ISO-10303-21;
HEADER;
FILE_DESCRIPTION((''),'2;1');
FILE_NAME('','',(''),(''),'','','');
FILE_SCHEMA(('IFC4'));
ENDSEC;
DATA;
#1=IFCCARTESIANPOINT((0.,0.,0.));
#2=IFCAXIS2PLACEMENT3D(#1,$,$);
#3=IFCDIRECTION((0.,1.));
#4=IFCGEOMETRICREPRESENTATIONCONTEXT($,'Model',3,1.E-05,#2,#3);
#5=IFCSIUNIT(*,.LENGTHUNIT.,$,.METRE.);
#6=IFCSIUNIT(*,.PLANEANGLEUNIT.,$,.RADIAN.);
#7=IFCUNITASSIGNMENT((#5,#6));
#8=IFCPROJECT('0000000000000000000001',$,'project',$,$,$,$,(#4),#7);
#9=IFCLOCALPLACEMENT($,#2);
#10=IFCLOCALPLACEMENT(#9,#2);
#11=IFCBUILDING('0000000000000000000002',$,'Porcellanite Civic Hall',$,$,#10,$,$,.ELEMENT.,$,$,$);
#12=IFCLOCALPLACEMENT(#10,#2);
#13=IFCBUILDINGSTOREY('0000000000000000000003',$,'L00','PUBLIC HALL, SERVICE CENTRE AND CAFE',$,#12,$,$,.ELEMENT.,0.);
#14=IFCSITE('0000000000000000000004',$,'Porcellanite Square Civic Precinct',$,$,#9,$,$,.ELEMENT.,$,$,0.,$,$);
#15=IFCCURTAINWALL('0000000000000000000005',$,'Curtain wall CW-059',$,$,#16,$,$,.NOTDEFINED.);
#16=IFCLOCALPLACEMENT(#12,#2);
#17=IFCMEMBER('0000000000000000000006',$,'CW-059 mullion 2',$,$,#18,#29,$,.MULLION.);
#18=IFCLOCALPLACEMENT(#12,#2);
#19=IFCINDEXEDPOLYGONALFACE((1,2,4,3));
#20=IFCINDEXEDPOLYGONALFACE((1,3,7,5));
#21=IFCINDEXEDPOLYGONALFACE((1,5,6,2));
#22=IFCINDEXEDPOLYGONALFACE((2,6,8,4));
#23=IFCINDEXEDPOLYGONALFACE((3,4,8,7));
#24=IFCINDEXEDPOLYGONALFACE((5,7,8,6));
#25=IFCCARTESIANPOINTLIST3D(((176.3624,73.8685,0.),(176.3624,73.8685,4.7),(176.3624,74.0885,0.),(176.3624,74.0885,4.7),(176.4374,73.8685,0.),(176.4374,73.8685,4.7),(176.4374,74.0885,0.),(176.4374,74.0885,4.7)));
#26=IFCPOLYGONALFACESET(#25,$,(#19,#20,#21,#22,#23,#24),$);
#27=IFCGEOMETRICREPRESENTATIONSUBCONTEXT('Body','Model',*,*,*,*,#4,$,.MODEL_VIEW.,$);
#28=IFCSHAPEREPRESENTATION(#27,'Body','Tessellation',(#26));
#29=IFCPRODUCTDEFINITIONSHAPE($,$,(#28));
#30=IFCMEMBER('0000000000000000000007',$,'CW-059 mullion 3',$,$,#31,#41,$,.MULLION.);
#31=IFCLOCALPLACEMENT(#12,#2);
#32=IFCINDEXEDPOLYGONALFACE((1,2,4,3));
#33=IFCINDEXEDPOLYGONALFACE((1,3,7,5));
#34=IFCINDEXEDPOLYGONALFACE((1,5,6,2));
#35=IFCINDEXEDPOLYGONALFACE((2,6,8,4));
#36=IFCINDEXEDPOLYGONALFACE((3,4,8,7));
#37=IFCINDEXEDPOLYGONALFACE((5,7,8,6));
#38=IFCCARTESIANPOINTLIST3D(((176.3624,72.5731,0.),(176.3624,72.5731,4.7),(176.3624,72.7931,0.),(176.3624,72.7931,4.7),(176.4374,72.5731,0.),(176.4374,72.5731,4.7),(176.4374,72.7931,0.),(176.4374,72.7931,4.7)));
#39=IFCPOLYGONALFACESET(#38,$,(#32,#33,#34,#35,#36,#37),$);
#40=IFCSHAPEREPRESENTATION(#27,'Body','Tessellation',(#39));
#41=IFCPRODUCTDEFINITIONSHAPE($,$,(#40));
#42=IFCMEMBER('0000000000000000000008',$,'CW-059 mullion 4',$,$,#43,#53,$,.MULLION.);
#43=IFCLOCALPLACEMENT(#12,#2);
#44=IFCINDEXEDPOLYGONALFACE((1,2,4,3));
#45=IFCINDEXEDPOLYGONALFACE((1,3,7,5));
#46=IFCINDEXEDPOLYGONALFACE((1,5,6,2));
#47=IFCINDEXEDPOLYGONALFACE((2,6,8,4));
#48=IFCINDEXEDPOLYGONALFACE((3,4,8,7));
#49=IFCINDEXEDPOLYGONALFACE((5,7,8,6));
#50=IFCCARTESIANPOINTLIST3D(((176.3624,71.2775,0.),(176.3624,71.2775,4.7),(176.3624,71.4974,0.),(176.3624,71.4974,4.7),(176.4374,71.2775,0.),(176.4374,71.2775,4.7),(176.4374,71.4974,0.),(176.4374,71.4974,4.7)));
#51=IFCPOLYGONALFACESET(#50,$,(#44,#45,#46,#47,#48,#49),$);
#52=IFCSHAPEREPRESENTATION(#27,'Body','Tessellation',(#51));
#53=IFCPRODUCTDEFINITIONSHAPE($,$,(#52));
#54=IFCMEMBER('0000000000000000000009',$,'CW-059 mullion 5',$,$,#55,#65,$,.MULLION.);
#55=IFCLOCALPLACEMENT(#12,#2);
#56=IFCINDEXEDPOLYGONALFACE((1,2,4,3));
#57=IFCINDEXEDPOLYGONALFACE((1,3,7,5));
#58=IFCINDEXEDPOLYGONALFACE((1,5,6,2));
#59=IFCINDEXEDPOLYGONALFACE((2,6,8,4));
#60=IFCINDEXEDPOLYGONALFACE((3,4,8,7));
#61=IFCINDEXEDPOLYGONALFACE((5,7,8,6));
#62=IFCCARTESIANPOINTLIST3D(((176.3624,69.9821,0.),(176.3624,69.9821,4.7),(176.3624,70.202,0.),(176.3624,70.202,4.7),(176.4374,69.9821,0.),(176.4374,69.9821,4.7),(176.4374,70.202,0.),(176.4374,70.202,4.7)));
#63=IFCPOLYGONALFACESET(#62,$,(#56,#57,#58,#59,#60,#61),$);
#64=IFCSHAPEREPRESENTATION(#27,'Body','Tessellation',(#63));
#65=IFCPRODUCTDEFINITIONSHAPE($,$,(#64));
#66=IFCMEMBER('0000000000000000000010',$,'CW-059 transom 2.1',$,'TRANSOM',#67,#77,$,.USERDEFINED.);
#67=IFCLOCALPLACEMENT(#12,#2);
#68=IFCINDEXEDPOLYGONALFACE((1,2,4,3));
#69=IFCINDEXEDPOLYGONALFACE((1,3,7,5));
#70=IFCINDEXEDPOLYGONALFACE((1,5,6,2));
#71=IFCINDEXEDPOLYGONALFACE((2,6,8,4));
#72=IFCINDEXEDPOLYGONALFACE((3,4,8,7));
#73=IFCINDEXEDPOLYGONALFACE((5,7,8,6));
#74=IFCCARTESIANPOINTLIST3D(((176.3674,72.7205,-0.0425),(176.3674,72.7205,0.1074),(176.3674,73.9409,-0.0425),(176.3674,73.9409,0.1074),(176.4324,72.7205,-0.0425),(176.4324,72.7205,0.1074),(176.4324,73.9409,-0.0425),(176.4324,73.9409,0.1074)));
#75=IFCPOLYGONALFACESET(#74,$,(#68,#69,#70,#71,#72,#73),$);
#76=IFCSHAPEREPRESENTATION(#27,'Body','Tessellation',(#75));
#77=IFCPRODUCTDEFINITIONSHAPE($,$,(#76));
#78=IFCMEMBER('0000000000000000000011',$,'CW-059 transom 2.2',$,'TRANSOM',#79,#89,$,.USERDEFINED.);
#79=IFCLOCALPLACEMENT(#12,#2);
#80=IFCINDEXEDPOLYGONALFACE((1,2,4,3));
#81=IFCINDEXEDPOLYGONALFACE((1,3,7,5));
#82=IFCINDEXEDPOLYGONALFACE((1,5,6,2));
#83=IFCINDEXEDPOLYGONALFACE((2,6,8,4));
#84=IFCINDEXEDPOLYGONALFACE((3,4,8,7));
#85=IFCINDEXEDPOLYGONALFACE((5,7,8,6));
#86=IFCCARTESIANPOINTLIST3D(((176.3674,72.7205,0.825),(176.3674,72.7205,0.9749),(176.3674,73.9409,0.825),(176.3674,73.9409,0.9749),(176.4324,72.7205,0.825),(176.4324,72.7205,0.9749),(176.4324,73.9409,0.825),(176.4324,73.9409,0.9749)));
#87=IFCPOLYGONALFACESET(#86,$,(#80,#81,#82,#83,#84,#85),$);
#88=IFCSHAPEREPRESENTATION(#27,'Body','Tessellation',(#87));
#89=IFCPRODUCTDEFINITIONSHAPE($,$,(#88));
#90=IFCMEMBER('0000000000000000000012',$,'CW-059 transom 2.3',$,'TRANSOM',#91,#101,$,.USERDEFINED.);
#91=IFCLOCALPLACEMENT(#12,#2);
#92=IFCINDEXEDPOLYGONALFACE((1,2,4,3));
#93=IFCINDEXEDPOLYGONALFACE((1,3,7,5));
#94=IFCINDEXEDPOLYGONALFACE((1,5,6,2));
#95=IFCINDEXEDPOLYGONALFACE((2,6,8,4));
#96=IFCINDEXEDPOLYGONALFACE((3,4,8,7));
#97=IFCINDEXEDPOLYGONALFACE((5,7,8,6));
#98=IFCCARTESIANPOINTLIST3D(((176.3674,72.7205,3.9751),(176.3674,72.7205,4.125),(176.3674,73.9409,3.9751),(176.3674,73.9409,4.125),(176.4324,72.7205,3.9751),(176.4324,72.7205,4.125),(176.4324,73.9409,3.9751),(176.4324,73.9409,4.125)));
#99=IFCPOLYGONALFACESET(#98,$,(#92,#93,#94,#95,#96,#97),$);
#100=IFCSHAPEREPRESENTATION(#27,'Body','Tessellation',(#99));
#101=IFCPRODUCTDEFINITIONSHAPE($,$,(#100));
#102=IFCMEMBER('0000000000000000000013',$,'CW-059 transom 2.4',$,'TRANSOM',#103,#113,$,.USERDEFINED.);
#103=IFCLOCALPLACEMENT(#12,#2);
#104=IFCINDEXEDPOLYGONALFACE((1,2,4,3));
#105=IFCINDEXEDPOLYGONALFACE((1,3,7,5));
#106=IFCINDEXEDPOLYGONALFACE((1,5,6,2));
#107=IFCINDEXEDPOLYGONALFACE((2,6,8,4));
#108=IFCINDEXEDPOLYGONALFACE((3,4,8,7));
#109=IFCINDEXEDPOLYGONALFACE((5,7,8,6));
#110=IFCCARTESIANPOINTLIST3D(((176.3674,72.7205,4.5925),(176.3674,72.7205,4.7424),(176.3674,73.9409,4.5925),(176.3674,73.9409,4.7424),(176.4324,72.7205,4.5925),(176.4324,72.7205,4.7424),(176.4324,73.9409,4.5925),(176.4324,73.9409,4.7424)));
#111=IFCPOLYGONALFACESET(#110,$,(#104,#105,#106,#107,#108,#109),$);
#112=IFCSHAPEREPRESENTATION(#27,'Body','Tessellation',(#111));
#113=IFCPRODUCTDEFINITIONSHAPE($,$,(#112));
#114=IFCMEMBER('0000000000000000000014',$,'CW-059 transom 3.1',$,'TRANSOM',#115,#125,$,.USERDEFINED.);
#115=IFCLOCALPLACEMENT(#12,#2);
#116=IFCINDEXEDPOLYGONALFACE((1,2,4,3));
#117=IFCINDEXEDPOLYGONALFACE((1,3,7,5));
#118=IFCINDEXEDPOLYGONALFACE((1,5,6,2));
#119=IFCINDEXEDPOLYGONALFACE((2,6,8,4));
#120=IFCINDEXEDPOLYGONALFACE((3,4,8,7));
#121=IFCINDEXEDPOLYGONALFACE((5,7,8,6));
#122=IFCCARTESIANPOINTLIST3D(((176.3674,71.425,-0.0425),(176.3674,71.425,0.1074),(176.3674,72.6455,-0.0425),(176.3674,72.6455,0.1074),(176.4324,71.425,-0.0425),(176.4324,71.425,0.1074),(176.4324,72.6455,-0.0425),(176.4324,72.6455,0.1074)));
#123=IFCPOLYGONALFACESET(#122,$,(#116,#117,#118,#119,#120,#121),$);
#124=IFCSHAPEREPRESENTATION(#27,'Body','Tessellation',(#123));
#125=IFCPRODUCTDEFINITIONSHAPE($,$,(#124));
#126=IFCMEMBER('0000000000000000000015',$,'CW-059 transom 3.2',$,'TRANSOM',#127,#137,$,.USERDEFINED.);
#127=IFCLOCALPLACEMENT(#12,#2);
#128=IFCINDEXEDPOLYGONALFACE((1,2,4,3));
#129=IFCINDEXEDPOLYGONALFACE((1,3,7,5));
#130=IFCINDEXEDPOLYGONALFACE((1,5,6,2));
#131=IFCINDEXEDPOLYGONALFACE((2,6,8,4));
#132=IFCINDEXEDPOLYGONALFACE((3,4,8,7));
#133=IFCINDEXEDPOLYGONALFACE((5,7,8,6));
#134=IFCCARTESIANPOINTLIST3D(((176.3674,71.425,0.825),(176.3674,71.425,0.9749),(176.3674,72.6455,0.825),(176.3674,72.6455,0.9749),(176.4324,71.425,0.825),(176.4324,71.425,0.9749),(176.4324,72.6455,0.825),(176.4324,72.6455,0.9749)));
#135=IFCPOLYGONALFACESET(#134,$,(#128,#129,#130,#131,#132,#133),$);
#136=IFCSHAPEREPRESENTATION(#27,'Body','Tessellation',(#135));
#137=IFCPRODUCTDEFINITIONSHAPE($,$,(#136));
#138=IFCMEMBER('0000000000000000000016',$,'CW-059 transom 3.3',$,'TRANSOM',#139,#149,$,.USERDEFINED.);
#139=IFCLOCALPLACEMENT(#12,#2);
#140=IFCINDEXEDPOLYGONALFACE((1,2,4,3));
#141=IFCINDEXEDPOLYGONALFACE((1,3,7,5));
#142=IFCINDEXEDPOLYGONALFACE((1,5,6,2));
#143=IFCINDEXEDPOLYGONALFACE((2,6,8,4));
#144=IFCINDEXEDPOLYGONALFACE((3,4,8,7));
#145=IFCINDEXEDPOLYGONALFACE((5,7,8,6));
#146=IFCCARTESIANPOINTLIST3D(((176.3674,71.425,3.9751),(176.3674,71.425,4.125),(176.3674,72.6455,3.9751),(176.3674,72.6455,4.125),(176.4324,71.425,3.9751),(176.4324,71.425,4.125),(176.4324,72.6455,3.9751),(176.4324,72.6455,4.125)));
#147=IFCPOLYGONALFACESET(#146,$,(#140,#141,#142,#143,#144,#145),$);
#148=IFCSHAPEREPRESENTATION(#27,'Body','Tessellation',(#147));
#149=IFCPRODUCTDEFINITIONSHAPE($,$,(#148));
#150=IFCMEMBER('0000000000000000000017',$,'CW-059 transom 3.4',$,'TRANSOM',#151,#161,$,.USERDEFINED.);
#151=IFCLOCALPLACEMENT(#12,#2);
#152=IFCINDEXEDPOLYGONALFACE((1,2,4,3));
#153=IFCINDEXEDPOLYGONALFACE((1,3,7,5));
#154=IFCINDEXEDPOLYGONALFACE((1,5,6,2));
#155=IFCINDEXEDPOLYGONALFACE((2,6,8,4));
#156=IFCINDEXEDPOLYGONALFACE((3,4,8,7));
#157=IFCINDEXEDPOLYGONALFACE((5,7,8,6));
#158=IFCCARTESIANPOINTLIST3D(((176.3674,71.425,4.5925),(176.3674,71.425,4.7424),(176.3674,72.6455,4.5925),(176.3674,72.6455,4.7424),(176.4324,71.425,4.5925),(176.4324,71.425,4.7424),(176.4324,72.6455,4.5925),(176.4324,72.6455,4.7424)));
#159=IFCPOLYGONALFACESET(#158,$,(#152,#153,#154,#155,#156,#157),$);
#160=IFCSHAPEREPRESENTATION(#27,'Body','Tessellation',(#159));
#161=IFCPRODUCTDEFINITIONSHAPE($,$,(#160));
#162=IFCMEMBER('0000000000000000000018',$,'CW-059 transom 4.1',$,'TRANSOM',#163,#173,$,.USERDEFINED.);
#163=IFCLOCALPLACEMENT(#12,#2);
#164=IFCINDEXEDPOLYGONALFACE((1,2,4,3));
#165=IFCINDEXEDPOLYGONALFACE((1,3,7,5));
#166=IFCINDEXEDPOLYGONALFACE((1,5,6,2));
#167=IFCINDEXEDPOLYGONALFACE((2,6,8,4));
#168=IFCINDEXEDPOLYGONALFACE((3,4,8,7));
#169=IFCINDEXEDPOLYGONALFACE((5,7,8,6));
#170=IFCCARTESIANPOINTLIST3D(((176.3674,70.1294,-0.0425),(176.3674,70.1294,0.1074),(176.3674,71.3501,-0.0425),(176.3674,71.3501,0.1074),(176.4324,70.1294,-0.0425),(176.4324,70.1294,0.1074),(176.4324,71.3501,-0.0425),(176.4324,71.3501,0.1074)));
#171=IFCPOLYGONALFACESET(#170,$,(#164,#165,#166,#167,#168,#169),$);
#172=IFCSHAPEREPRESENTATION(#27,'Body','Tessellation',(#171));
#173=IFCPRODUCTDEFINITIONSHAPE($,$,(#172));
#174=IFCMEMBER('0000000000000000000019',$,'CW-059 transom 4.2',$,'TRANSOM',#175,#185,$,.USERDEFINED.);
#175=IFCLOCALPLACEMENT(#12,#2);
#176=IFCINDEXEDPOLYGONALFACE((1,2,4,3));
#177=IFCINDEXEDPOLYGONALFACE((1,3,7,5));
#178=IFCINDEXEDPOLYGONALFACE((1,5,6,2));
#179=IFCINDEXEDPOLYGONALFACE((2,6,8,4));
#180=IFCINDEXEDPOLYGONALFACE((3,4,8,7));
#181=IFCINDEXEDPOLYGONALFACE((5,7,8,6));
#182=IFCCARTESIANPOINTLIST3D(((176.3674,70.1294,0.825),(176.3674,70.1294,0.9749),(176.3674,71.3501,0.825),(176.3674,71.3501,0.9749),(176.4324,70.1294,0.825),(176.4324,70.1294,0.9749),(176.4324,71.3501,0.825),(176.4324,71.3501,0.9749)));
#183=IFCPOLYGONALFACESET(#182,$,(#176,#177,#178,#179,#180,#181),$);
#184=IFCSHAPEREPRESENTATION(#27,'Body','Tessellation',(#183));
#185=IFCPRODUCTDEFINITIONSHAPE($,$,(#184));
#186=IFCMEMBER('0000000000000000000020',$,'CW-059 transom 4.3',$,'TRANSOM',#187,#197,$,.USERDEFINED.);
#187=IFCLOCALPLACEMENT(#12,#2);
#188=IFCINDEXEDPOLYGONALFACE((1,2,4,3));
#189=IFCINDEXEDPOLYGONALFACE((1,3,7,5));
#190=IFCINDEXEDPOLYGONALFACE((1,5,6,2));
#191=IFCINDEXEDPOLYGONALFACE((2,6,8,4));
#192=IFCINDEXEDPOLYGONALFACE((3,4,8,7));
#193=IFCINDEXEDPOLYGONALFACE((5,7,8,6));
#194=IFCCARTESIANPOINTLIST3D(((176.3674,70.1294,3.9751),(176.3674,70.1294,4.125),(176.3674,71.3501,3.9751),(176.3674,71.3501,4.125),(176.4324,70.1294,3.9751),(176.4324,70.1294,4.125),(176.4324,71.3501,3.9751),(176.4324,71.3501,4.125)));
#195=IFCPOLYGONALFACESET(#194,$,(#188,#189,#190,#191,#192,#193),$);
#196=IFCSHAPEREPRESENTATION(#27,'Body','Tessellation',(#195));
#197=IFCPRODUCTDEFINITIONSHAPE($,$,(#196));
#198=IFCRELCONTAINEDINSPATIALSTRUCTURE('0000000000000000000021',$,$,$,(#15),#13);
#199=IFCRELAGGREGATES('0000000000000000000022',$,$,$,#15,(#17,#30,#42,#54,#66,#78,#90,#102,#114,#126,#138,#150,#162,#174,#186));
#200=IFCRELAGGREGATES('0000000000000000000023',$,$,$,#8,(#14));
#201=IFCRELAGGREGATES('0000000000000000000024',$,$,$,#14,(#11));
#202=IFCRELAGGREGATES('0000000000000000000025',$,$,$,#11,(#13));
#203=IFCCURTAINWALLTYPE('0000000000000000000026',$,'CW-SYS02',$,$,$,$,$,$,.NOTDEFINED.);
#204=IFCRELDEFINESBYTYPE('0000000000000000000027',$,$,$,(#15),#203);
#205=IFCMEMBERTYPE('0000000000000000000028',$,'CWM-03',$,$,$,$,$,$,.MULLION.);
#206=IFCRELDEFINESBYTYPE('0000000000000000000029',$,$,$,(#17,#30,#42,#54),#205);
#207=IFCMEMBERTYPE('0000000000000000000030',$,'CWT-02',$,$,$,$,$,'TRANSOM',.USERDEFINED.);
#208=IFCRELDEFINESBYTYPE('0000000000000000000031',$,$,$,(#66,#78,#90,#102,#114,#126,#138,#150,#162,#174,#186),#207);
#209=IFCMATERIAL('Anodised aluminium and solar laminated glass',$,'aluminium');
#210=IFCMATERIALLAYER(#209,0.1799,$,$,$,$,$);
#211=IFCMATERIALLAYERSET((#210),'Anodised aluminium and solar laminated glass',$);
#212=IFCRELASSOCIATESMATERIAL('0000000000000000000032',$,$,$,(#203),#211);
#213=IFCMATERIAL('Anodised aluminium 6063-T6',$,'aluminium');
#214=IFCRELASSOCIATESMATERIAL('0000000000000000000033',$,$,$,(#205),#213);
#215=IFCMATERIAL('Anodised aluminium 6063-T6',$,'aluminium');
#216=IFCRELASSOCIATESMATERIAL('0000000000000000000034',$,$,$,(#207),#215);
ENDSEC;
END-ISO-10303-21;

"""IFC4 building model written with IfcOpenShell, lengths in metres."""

from ifc_helpers import new_model, si_unit, direction, frame, origin, origin_2d, place, context, subcontext, project, spatial, rectangle, extrude, material, layer, layer_set, material_profile, profile_set, type_object, element, aggregate, save


model = new_model("IFC4")

# Units and contexts
model_context = context("Model", 3, precision=1e-05, world=origin(), true_north=direction((0.0, 1.0)))
body_context = subcontext(model_context, "Body", "Model", "MODEL_VIEW")
ifc_project = project(units=[si_unit("LENGTHUNIT", "METRE"), si_unit("PLANEANGLEUNIT", "RADIAN")], contexts=[model_context])

# Site, building, storey
site_placement = place(None, origin())
site = spatial("IfcSite", under=ifc_project, at=site_placement, Name="Porcellanite Square Civic Precinct", CompositionType="ELEMENT", RefElevation=0.0)
building_placement = place(site_placement, origin())
building = spatial("IfcBuilding", under=site, at=building_placement, Name="Porcellanite Civic Hall", CompositionType="ELEMENT")
storey_placement = place(building_placement, origin())
storey = spatial("IfcBuildingStorey", under=building, at=storey_placement, Name="L00", Description="PUBLIC HALL, SERVICE CENTRE AND CAFE", CompositionType="ELEMENT", Elevation=0.0)

# Curtain wall, members
ifc_material_1 = material(Name="Anodised aluminium and solar laminated glass", Category="aluminium")
ifc_layer_1 = layer(ifc_material_1, 0.1799)
ifc_layer_set_1 = layer_set([ifc_layer_1], Name="Anodised aluminium and solar laminated glass")
curtain_wall_type = type_object("IfcCurtainWallType", Name="CW-SYS02", PredefinedType="NOTDEFINED", material=ifc_layer_set_1)
curtain_wall_placement = place(storey_placement, origin())
curtain_wall = element("IfcCurtainWall", 1, at=curtain_wall_placement, inside=storey, type_object=curtain_wall_type, Name="Curtain wall CW-059", PredefinedType="NOTDEFINED")
ifc_material_2 = material(Name="Anodised aluminium 6063-T6", Category="aluminium")
ifc_material_profile_1 = material_profile(ifc_material_2, rectangle(XDim=0.075, YDim=0.22, at=origin_2d()), Name="AL-75x220")
ifc_profile_set_1 = profile_set([ifc_material_profile_1], Name="Anodised aluminium 6063-T6")
member_type_1 = type_object("IfcMemberType", Name="CWM-03", PredefinedType="MULLION", material=ifc_profile_set_1)
member_1_placement = place(storey_placement, frame((176.3999, 73.9785, 0.0), z_axis=(0.0, 0.0, 1.0), x_axis=(1.0, 0.0, 0.0)))
member_1 = element("IfcMember", 2, at=member_1_placement, type_object=member_type_1, Name="CW-059 mullion 2", PredefinedType="MULLION", context=body_context, shape_type="SweptSolid", body=[
    extrude(rectangle(XDim=0.075, YDim=0.22, at=origin_2d()), origin(), (0.0, 0.0, 1.0), 4.7),
])
member_2_placement = place(storey_placement, frame((176.3999, 72.6831, 0.0), z_axis=(0.0, 0.0, 1.0), x_axis=(1.0, 0.0, 0.0)))
member_2 = element("IfcMember", 3, at=member_2_placement, type_object=member_type_1, Name="CW-059 mullion 3", PredefinedType="MULLION", context=body_context, shape_type="SweptSolid", body=[
    extrude(rectangle(XDim=0.075, YDim=0.22, at=origin_2d()), origin(), (0.0, 0.0, 1.0), 4.7),
])
member_3_placement = place(storey_placement, frame((176.3999, 71.3875, 0.0), z_axis=(0.0, 0.0, 1.0), x_axis=(1.0, 0.0, 0.0)))
member_3 = element("IfcMember", 4, at=member_3_placement, type_object=member_type_1, Name="CW-059 mullion 4", PredefinedType="MULLION", context=body_context, shape_type="SweptSolid", body=[
    extrude(rectangle(XDim=0.075, YDim=0.22, at=origin_2d()), origin(), (0.0, 0.0, 1.0), 4.7),
])
member_4_placement = place(storey_placement, frame((176.3999, 70.092, 0.0), z_axis=(0.0, 0.0, 1.0), x_axis=(1.0, 0.0, 0.0)))
member_4 = element("IfcMember", 5, at=member_4_placement, type_object=member_type_1, Name="CW-059 mullion 5", PredefinedType="MULLION", context=body_context, shape_type="SweptSolid", body=[
    extrude(rectangle(XDim=0.075, YDim=0.22, at=origin_2d()), origin(), (0.0, 0.0, 1.0), 4.7),
])
ifc_material_3 = material(Name="Anodised aluminium 6063-T6", Category="aluminium")
ifc_material_profile_2 = material_profile(ifc_material_3, rectangle(XDim=0.0649, YDim=0.1499, at=origin_2d()), Name="AL-65x150")
ifc_profile_set_2 = profile_set([ifc_material_profile_2], Name="Anodised aluminium 6063-T6")
member_type_2 = type_object("IfcMemberType", Name="CWT-02", ElementType="TRANSOM", PredefinedType="USERDEFINED", material=ifc_profile_set_2)
member_5_placement = place(storey_placement, frame((176.3999, 73.9409, 0.0325), z_axis=(0.0, -1.0, 0.0), x_axis=(1.0, 0.0, 0.0)))
member_5 = element("IfcMember", 6, at=member_5_placement, type_object=member_type_2, Name="CW-059 transom 2.1", ObjectType="TRANSOM", PredefinedType="USERDEFINED", context=body_context, shape_type="SweptSolid", body=[
    extrude(rectangle(XDim=0.0649, YDim=0.1499, at=origin_2d()), origin(), (0.0, 0.0, 1.0), 1.2205),
])
member_6_placement = place(storey_placement, frame((176.3999, 73.9409, 0.8999), z_axis=(0.0, -1.0, 0.0), x_axis=(1.0, 0.0, 0.0)))
member_6 = element("IfcMember", 7, at=member_6_placement, type_object=member_type_2, Name="CW-059 transom 2.2", ObjectType="TRANSOM", PredefinedType="USERDEFINED", context=body_context, shape_type="SweptSolid", body=[
    extrude(rectangle(XDim=0.0649, YDim=0.1499, at=origin_2d()), origin(), (0.0, 0.0, 1.0), 1.2205),
])
member_7_placement = place(storey_placement, frame((176.3999, 73.9409, 4.05), z_axis=(0.0, -1.0, 0.0), x_axis=(1.0, 0.0, 0.0)))
member_7 = element("IfcMember", 8, at=member_7_placement, type_object=member_type_2, Name="CW-059 transom 2.3", ObjectType="TRANSOM", PredefinedType="USERDEFINED", context=body_context, shape_type="SweptSolid", body=[
    extrude(rectangle(XDim=0.0649, YDim=0.1499, at=origin_2d()), origin(), (0.0, 0.0, 1.0), 1.2205),
])
member_8_placement = place(storey_placement, frame((176.3999, 73.9409, 4.6675), z_axis=(0.0, -1.0, 0.0), x_axis=(1.0, 0.0, 0.0)))
member_8 = element("IfcMember", 9, at=member_8_placement, type_object=member_type_2, Name="CW-059 transom 2.4", ObjectType="TRANSOM", PredefinedType="USERDEFINED", context=body_context, shape_type="SweptSolid", body=[
    extrude(rectangle(XDim=0.0649, YDim=0.1499, at=origin_2d()), origin(), (0.0, 0.0, 1.0), 1.2205),
])
member_9_placement = place(storey_placement, frame((176.3999, 72.6455, 0.0325), z_axis=(0.0, -1.0, 0.0), x_axis=(1.0, 0.0, 0.0)))
member_9 = element("IfcMember", 10, at=member_9_placement, type_object=member_type_2, Name="CW-059 transom 3.1", ObjectType="TRANSOM", PredefinedType="USERDEFINED", context=body_context, shape_type="SweptSolid", body=[
    extrude(rectangle(XDim=0.0649, YDim=0.1499, at=origin_2d()), origin(), (0.0, 0.0, 1.0), 1.2205),
])
member_10_placement = place(storey_placement, frame((176.3999, 72.6455, 0.8999), z_axis=(0.0, -1.0, 0.0), x_axis=(1.0, 0.0, 0.0)))
member_10 = element("IfcMember", 11, at=member_10_placement, type_object=member_type_2, Name="CW-059 transom 3.2", ObjectType="TRANSOM", PredefinedType="USERDEFINED", context=body_context, shape_type="SweptSolid", body=[
    extrude(rectangle(XDim=0.0649, YDim=0.1499, at=origin_2d()), origin(), (0.0, 0.0, 1.0), 1.2205),
])
member_11_placement = place(storey_placement, frame((176.3999, 72.6455, 4.05), z_axis=(0.0, -1.0, 0.0), x_axis=(1.0, 0.0, 0.0)))
member_11 = element("IfcMember", 12, at=member_11_placement, type_object=member_type_2, Name="CW-059 transom 3.3", ObjectType="TRANSOM", PredefinedType="USERDEFINED", context=body_context, shape_type="SweptSolid", body=[
    extrude(rectangle(XDim=0.0649, YDim=0.1499, at=origin_2d()), origin(), (0.0, 0.0, 1.0), 1.2205),
])
member_12_placement = place(storey_placement, frame((176.3999, 72.6455, 4.6675), z_axis=(0.0, -1.0, 0.0), x_axis=(1.0, 0.0, 0.0)))
member_12 = element("IfcMember", 13, at=member_12_placement, type_object=member_type_2, Name="CW-059 transom 3.4", ObjectType="TRANSOM", PredefinedType="USERDEFINED", context=body_context, shape_type="SweptSolid", body=[
    extrude(rectangle(XDim=0.0649, YDim=0.1499, at=origin_2d()), origin(), (0.0, 0.0, 1.0), 1.2205),
])
member_13_placement = place(storey_placement, frame((176.3999, 71.3501, 0.0325), z_axis=(0.0, -1.0, 0.0), x_axis=(1.0, 0.0, 0.0)))
member_13 = element("IfcMember", 14, at=member_13_placement, type_object=member_type_2, Name="CW-059 transom 4.1", ObjectType="TRANSOM", PredefinedType="USERDEFINED", context=body_context, shape_type="SweptSolid", body=[
    extrude(rectangle(XDim=0.0649, YDim=0.1499, at=origin_2d()), origin(), (0.0, 0.0, 1.0), 1.2207),
])
member_14_placement = place(storey_placement, frame((176.3999, 71.3501, 0.8999), z_axis=(0.0, -1.0, 0.0), x_axis=(1.0, 0.0, 0.0)))
member_14 = element("IfcMember", 15, at=member_14_placement, type_object=member_type_2, Name="CW-059 transom 4.2", ObjectType="TRANSOM", PredefinedType="USERDEFINED", context=body_context, shape_type="SweptSolid", body=[
    extrude(rectangle(XDim=0.0649, YDim=0.1499, at=origin_2d()), origin(), (0.0, 0.0, 1.0), 1.2207),
])
member_15_placement = place(storey_placement, frame((176.3999, 71.3501, 4.05), z_axis=(0.0, -1.0, 0.0), x_axis=(1.0, 0.0, 0.0)))
member_15 = element("IfcMember", 16, at=member_15_placement, type_object=member_type_2, Name="CW-059 transom 4.3", ObjectType="TRANSOM", PredefinedType="USERDEFINED", context=body_context, shape_type="SweptSolid", body=[
    extrude(rectangle(XDim=0.0649, YDim=0.1499, at=origin_2d()), origin(), (0.0, 0.0, 1.0), 1.2207),
])
aggregate(curtain_wall, [member_1, member_2, member_3, member_4, member_5, member_6, member_7, member_8, member_9, member_10, member_11, member_12, member_13, member_14, member_15])

save(model, "model.ifc")
